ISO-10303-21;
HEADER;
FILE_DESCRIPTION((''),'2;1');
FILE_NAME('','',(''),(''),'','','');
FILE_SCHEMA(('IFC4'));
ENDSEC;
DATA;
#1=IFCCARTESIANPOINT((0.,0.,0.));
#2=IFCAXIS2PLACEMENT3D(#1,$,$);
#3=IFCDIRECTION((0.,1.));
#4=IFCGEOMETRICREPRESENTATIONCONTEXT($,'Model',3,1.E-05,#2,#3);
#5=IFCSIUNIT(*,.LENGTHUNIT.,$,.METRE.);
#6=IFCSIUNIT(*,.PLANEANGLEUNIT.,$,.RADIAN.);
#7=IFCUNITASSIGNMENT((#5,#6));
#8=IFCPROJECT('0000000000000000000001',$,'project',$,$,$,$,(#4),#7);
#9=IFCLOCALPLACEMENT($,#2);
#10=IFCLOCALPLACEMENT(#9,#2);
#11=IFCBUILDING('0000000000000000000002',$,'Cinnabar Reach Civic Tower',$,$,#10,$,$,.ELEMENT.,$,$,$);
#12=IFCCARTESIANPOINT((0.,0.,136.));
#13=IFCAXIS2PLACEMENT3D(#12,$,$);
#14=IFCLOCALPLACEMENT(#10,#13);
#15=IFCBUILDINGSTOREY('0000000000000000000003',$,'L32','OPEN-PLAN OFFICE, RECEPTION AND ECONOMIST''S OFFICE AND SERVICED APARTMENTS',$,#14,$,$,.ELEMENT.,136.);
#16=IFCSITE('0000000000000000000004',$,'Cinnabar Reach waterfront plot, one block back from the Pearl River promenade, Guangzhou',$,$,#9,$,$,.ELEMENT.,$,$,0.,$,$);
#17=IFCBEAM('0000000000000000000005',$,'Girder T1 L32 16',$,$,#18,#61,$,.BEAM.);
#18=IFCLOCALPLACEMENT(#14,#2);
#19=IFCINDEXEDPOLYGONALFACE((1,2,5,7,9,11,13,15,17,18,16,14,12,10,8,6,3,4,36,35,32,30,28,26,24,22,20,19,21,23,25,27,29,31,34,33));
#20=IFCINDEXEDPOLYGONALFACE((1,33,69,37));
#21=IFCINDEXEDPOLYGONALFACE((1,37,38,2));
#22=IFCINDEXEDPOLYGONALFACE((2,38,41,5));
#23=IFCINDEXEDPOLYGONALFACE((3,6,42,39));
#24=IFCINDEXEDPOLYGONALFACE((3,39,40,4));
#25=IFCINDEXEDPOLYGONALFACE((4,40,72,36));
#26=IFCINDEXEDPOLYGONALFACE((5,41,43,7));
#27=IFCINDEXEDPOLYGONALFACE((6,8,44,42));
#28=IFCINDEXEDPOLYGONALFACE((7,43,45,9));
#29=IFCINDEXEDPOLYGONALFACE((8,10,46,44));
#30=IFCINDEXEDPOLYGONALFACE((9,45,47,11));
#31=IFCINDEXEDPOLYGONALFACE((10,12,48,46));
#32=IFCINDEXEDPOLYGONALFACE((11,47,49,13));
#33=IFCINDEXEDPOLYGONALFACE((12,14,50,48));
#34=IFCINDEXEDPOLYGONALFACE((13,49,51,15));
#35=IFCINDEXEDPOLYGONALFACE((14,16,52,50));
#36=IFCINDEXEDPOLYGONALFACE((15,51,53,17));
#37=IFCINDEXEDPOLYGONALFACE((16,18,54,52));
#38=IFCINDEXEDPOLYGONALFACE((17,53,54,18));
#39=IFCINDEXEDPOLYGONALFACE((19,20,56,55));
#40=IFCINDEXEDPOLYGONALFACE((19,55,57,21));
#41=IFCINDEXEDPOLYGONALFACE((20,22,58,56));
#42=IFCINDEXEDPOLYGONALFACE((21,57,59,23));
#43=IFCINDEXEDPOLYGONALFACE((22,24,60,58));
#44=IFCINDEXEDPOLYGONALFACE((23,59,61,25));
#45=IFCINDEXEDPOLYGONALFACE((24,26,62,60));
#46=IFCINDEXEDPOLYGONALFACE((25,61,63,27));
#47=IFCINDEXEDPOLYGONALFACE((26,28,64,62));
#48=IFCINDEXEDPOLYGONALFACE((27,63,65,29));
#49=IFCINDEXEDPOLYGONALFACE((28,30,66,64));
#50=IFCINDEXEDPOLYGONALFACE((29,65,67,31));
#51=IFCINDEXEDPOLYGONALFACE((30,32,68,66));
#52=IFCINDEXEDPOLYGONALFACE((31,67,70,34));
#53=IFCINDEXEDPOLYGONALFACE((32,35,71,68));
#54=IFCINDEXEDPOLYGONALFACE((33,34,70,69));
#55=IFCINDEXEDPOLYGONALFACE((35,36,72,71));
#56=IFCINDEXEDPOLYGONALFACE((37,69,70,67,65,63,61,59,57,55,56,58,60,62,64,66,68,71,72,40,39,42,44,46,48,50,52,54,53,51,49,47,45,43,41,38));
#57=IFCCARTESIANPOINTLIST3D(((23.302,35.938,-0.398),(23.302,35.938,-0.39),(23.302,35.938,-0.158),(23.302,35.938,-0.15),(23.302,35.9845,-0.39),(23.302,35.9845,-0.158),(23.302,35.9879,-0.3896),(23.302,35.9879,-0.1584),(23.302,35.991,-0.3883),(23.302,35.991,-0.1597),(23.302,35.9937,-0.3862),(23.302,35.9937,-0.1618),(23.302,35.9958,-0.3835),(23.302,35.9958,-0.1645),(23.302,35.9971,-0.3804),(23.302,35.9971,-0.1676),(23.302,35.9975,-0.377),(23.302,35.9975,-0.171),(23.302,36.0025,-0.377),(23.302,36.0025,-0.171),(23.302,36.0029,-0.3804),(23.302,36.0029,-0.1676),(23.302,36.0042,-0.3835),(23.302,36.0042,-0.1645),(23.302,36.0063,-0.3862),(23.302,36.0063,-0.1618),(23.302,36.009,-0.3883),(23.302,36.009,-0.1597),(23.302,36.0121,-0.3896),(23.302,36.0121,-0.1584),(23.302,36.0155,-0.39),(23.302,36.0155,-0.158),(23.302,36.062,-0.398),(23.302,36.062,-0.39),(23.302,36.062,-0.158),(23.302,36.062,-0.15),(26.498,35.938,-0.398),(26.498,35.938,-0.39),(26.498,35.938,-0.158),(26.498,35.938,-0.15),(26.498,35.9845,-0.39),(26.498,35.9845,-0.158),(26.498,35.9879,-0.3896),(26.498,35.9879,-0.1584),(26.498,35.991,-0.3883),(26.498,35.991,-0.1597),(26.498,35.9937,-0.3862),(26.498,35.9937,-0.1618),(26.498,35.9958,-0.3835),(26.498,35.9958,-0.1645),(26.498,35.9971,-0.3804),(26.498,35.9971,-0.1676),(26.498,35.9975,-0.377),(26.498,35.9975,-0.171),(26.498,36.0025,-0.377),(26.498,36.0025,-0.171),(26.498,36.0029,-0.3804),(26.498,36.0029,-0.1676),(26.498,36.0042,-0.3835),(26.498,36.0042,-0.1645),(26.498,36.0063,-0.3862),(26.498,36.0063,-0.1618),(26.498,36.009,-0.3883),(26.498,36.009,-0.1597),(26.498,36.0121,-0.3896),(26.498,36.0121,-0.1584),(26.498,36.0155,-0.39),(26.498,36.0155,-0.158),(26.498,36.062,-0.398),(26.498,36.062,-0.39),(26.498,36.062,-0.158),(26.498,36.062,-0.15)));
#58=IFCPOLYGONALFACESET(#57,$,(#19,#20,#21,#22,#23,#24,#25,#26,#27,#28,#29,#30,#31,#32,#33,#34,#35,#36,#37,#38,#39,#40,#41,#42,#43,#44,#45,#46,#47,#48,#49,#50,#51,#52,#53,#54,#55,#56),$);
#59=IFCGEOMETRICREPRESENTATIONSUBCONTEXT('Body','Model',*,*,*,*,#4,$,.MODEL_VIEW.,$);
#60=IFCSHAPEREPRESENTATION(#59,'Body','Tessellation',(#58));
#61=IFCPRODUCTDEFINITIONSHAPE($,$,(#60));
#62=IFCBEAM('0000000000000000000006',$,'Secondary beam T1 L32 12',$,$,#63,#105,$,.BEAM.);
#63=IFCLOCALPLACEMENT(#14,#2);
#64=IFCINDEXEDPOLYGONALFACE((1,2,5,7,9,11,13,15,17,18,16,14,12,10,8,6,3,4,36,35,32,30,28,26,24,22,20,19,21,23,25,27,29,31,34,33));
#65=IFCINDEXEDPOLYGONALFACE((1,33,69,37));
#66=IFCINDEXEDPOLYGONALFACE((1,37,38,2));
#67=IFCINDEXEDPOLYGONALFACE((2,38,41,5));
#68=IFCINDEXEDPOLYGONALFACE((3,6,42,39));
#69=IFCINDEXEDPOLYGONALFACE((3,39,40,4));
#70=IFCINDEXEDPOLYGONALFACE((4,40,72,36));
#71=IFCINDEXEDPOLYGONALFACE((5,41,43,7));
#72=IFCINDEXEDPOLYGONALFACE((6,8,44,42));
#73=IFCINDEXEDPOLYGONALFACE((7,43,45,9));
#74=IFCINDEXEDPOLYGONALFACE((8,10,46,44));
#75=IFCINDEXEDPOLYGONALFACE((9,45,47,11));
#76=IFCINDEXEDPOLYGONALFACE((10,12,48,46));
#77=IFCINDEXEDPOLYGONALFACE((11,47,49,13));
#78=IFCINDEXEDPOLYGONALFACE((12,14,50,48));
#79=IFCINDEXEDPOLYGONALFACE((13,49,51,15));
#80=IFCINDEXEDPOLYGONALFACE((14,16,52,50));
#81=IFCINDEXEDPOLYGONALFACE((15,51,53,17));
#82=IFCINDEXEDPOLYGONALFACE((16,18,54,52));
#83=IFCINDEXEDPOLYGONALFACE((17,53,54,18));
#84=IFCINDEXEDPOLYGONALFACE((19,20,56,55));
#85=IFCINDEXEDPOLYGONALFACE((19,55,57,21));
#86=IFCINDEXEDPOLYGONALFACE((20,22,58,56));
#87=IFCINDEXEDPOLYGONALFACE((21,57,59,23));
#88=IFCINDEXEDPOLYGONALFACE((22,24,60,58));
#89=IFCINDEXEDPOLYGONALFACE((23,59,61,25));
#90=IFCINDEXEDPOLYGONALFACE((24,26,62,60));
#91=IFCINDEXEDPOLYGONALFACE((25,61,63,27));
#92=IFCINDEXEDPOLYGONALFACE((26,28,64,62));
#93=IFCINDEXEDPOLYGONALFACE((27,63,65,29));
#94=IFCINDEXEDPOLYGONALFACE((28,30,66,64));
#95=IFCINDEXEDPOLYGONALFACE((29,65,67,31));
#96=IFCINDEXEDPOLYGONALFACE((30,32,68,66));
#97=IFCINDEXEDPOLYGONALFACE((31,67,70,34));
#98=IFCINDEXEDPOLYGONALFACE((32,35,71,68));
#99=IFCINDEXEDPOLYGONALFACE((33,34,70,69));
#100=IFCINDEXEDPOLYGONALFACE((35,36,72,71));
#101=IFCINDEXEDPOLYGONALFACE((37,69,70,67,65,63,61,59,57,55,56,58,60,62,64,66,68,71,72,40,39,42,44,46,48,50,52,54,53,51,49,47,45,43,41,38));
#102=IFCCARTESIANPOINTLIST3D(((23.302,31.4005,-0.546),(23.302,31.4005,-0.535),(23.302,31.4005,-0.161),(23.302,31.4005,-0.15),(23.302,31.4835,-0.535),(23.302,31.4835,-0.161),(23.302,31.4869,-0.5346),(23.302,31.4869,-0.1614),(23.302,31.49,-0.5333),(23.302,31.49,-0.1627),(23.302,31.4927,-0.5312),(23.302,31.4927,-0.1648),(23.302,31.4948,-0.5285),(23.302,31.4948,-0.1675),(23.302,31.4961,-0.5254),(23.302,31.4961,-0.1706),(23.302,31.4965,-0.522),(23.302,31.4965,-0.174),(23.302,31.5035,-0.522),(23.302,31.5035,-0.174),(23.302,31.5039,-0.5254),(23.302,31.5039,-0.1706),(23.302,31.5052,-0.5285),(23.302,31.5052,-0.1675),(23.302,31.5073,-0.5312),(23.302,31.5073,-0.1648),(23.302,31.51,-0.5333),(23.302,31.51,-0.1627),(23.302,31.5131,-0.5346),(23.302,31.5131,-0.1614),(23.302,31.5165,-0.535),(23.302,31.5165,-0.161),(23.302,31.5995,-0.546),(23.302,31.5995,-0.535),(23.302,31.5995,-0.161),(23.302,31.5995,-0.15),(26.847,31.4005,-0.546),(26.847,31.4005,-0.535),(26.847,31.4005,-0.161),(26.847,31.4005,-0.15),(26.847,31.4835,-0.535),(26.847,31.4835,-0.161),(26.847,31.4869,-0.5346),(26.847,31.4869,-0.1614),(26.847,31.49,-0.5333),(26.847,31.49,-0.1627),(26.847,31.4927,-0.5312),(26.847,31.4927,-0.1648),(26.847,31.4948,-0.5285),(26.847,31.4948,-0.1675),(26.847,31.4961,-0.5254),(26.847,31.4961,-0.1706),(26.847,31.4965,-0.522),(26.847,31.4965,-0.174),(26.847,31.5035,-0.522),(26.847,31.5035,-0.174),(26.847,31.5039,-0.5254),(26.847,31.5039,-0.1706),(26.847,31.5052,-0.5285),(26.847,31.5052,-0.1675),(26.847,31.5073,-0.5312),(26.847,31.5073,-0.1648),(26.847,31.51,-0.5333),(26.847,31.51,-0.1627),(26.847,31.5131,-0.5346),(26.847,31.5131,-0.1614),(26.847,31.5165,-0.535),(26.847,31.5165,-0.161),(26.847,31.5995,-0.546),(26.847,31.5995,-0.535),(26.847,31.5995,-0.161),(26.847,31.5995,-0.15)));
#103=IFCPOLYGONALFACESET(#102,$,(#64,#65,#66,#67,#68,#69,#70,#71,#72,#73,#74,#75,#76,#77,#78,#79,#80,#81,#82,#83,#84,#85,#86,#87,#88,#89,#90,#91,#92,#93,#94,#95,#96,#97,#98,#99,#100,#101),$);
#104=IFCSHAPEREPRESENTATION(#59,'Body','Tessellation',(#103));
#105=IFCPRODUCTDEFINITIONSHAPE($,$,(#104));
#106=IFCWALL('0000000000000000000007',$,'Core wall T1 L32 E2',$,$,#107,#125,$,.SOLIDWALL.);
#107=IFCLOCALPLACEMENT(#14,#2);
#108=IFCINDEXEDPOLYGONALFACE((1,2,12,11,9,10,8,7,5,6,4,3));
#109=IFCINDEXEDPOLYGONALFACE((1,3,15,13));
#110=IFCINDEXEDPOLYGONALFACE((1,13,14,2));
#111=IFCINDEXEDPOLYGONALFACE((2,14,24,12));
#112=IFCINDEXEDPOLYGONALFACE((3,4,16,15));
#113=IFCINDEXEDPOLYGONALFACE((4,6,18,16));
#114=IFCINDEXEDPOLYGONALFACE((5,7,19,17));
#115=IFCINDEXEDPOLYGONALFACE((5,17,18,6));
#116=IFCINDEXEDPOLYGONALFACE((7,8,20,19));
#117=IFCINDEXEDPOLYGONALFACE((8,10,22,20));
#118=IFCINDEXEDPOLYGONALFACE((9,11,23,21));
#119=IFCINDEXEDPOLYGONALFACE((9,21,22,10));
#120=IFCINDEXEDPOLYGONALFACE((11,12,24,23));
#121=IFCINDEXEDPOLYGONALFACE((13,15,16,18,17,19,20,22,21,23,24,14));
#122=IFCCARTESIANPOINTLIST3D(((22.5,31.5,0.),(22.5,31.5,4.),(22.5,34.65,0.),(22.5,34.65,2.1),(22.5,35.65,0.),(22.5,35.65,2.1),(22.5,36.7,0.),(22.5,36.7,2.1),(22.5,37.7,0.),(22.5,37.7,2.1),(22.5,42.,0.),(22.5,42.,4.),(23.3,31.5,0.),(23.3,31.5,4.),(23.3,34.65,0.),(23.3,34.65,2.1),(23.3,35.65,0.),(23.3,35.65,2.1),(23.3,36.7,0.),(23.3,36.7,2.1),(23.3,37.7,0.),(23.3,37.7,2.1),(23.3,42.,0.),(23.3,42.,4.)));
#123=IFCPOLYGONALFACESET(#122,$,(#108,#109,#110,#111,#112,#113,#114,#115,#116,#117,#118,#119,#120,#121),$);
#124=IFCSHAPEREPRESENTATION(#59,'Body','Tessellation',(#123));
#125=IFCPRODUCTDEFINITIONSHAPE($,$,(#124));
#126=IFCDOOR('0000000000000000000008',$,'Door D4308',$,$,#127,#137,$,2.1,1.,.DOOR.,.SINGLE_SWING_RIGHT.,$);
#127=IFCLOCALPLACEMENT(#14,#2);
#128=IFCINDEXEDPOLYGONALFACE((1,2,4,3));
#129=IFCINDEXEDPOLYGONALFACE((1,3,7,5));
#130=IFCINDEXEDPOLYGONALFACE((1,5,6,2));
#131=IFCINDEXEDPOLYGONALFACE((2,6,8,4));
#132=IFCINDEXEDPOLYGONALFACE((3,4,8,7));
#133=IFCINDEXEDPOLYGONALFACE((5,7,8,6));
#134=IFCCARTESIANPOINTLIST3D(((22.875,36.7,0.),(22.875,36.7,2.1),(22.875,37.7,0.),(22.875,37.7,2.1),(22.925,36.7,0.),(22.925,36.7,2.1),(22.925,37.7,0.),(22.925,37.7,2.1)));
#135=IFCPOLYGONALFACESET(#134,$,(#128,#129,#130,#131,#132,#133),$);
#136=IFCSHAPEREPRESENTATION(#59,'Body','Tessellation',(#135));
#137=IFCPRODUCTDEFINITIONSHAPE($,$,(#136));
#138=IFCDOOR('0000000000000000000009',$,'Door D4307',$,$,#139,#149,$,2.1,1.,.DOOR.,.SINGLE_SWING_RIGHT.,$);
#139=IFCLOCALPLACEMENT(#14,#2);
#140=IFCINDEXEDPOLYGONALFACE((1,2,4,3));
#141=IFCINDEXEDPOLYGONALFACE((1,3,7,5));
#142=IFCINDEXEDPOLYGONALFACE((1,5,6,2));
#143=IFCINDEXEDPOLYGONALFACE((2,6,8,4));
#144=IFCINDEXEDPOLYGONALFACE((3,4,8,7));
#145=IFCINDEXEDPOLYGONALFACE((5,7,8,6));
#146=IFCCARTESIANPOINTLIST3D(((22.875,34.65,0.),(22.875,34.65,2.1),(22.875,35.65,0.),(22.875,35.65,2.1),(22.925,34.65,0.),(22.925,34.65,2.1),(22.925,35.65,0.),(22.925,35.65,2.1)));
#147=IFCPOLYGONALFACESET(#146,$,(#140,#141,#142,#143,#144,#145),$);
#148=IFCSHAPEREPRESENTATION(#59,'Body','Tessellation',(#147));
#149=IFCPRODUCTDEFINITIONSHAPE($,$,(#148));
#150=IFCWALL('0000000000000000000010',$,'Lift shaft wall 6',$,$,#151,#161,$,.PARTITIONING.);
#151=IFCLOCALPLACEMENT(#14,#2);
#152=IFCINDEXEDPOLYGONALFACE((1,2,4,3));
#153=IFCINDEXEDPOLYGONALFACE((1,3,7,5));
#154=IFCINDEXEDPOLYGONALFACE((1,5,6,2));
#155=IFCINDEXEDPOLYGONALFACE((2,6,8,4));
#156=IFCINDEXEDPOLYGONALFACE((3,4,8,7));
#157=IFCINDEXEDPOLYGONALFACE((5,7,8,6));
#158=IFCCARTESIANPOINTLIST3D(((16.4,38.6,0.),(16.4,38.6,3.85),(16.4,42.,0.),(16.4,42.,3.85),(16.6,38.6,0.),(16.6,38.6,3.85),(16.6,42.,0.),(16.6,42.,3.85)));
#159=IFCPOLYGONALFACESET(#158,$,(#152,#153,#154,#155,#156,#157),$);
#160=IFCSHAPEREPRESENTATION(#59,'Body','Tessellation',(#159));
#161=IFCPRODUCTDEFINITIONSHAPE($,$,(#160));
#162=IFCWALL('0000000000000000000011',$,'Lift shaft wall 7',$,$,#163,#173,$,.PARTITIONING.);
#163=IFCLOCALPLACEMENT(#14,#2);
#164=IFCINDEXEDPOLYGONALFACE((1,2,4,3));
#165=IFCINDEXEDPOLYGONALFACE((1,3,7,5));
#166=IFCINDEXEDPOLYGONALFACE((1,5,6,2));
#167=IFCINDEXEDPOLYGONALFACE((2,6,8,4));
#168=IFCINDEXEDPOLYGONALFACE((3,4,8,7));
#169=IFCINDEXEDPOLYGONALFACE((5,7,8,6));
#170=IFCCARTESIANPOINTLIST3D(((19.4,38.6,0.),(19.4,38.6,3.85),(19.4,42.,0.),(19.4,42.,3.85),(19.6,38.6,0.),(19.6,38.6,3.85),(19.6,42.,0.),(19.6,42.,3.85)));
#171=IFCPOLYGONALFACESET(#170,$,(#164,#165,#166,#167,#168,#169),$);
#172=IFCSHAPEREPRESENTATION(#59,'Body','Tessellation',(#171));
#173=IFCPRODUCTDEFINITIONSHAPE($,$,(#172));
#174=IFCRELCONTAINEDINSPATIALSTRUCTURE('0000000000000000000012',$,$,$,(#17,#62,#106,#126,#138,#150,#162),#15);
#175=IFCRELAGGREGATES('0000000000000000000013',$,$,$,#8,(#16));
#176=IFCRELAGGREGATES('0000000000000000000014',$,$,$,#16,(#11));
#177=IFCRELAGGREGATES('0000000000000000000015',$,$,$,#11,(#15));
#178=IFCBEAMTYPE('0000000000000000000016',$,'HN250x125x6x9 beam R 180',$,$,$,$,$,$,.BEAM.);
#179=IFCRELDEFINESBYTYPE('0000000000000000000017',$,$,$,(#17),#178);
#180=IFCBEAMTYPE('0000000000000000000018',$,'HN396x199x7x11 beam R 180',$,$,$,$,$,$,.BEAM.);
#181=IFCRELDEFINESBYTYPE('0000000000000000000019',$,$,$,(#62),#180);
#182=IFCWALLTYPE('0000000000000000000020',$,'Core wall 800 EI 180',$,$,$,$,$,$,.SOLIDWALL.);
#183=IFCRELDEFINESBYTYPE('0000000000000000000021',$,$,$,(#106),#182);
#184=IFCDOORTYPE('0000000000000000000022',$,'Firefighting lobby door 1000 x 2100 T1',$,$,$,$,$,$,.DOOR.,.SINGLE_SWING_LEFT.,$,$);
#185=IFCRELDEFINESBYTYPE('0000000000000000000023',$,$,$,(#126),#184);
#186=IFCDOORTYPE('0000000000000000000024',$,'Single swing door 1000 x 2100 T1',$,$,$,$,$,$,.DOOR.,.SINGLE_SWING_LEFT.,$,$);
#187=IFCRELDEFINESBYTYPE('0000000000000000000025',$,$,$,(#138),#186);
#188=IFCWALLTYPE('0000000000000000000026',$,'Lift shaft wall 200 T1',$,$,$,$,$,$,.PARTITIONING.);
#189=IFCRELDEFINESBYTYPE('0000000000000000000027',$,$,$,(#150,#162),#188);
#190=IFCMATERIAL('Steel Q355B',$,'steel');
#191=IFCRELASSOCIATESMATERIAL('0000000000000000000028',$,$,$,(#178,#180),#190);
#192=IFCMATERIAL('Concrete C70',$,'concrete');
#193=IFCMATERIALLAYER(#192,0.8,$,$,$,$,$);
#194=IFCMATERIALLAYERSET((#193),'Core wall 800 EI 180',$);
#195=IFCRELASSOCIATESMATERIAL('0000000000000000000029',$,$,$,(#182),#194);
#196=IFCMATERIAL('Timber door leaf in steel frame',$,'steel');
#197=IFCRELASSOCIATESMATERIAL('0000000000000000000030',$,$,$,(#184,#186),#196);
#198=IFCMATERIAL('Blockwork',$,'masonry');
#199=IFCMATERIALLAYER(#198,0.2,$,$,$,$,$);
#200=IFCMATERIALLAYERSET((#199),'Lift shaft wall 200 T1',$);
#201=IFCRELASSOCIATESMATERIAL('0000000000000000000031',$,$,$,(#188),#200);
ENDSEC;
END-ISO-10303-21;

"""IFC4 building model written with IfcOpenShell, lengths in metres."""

from ifc_helpers import new_model, si_unit, direction, frame, frame_2d, origin, origin_2d, place, context, subcontext, project, spatial, rectangle, i_section, extrude, material, layer, layer_set, material_profile, profile_set, type_object, element, fill, save


model = new_model("IFC4")

# Units and contexts
model_context = context("Model", 3, precision=1e-05, world=origin(), true_north=direction((0.0, 1.0)))
body_context = subcontext(model_context, "Body", "Model", "MODEL_VIEW")
ifc_project = project(units=[si_unit("LENGTHUNIT", "METRE"), si_unit("PLANEANGLEUNIT", "RADIAN")], contexts=[model_context])

# Site, building, storey
site_placement = place(None, origin())
site = spatial("IfcSite", under=ifc_project, at=site_placement, Name="Cinnabar Reach waterfront plot, one block back from the Pearl River promenade, Guangzhou", CompositionType="ELEMENT", RefElevation=0.0)
building_placement = place(site_placement, origin())
building = spatial("IfcBuilding", under=site, at=building_placement, Name="Cinnabar Reach Civic Tower", CompositionType="ELEMENT")
storey_placement = place(building_placement, frame((0.0, 0.0, 136.0)))
storey = spatial("IfcBuildingStorey", under=building, at=storey_placement, Name="L32", Description="OPEN-PLAN OFFICE, RECEPTION AND ECONOMIST'S OFFICE AND SERVICED APARTMENTS", CompositionType="ELEMENT", Elevation=136.0)

# Beams
ifc_material_1 = material(Name="Steel Q355B", Category="steel")
ifc_material_profile_1 = material_profile(ifc_material_1, i_section(OverallWidth=0.124, OverallDepth=0.248, WebThickness=0.005, FlangeThickness=0.008, FilletRadius=0.013, at=origin_2d()), Name="HN250x125x6x9")
ifc_profile_set_1 = profile_set([ifc_material_profile_1], Name="Steel Q355B")
beam_type_1 = type_object("IfcBeamType", Name="HN250x125x6x9 beam R 180", PredefinedType="BEAM", material=ifc_profile_set_1)
beam_1_placement = place(storey_placement, frame((23.302, 36.0, -0.274), z_axis=(1.0, 0.0, 0.0), x_axis=(0.0, 1.0, 0.0)))
element("IfcBeam", 1, at=beam_1_placement, inside=storey, type_object=beam_type_1, Name="Girder T1 L32 16", PredefinedType="BEAM", context=body_context, shape_type="SweptSolid", body=[
    extrude(i_section(OverallWidth=0.124, OverallDepth=0.248, WebThickness=0.005, FlangeThickness=0.008, FilletRadius=0.013, at=origin_2d()), origin(), (0.0, 0.0, 1.0), 3.196),
])
ifc_material_profile_2 = material_profile(ifc_material_1, i_section(OverallWidth=0.199, OverallDepth=0.396, WebThickness=0.007, FlangeThickness=0.011, FilletRadius=0.013, at=origin_2d()), Name="HN396x199x7x11")
ifc_profile_set_2 = profile_set([ifc_material_profile_2], Name="Steel Q355B")
beam_type_2 = type_object("IfcBeamType", Name="HN396x199x7x11 beam R 180", PredefinedType="BEAM", material=ifc_profile_set_2)
beam_2_placement = place(storey_placement, frame((23.302, 31.5, -0.348), z_axis=(1.0, 0.0, 0.0), x_axis=(0.0, 1.0, 0.0)))
element("IfcBeam", 2, at=beam_2_placement, inside=storey, type_object=beam_type_2, Name="Secondary beam T1 L32 12", PredefinedType="BEAM", context=body_context, shape_type="SweptSolid", body=[
    extrude(i_section(OverallWidth=0.199, OverallDepth=0.396, WebThickness=0.007, FlangeThickness=0.011, FilletRadius=0.013, at=origin_2d()), origin(), (0.0, 0.0, 1.0), 3.545),
])

# Wall, openings, doors
ifc_material_2 = material(Name="Concrete C70", Category="concrete")
ifc_layer_1 = layer(ifc_material_2, 0.8)
ifc_layer_set_1 = layer_set([ifc_layer_1], Name="Core wall 800 EI 180")
wall_type_1 = type_object("IfcWallType", Name="Core wall 800 EI 180", PredefinedType="SOLIDWALL", material=ifc_layer_set_1)
wall_1_placement = place(storey_placement, frame((22.9, 31.5, 0.0), z_axis=(0.0, 0.0, 1.0), x_axis=(0.0, 1.0, 0.0)))
wall_1 = element("IfcWall", 3, at=wall_1_placement, inside=storey, type_object=wall_type_1, Name="Core wall T1 L32 E2", PredefinedType="SOLIDWALL", context=body_context, shape_type="SweptSolid", body=[
    extrude(rectangle(XDim=10.5, YDim=0.8, at=frame_2d((5.25, 0.0))), origin(), (0.0, 0.0, 1.0), 4.0),
])
opening_1_placement = place(wall_1_placement, frame((3.15, 0.0, 0.0)))
opening_1 = element("IfcOpeningElement", 4, at=opening_1_placement, cuts=wall_1, PredefinedType="OPENING", context=body_context, shape_type="SweptSolid", body=[
    extrude(rectangle(XDim=1.0, YDim=2.1, at=frame_2d((0.5, 1.05))), frame((0.0, 0.41, 0.0), z_axis=(0.0, -1.0, 0.0), x_axis=(1.0, 0.0, 0.0)), (0.0, 0.0, 1.0), 0.82),
])
opening_2_placement = place(wall_1_placement, frame((5.2, 0.0, 0.0)))
opening_2 = element("IfcOpeningElement", 5, at=opening_2_placement, cuts=wall_1, PredefinedType="OPENING", context=body_context, shape_type="SweptSolid", body=[
    extrude(rectangle(XDim=1.0, YDim=2.1, at=frame_2d((0.5, 1.05))), frame((0.0, 0.41, 0.0), z_axis=(0.0, -1.0, 0.0), x_axis=(1.0, 0.0, 0.0)), (0.0, 0.0, 1.0), 0.82),
])
ifc_material_3 = material(Name="Timber door leaf in steel frame", Category="steel")
door_type_1 = type_object("IfcDoorType", Name="Firefighting lobby door 1000 x 2100 T1", OperationType="SINGLE_SWING_LEFT", PredefinedType="DOOR", material=ifc_material_3)
door_1_placement = place(opening_2_placement, origin())
door_1 = element("IfcDoor", 6, at=door_1_placement, inside=storey, type_object=door_type_1, Name="Door D4308", OperationType="SINGLE_SWING_RIGHT", OverallHeight=2.1, OverallWidth=1.0, PredefinedType="DOOR", context=body_context, shape_type="SweptSolid", body=[
    extrude(rectangle(XDim=1.0, YDim=2.1, at=frame_2d((0.5, 1.05))), frame((0.0, 0.025, 0.0), z_axis=(0.0, -1.0, 0.0), x_axis=(1.0, 0.0, 0.0)), (0.0, 0.0, 1.0), 0.05),
])
fill(opening_2, door_1)
door_type_2 = type_object("IfcDoorType", Name="Single swing door 1000 x 2100 T1", OperationType="SINGLE_SWING_LEFT", PredefinedType="DOOR", material=ifc_material_3)
door_2_placement = place(opening_1_placement, origin())
door_2 = element("IfcDoor", 7, at=door_2_placement, inside=storey, type_object=door_type_2, Name="Door D4307", OperationType="SINGLE_SWING_RIGHT", OverallHeight=2.1, OverallWidth=1.0, PredefinedType="DOOR", context=body_context, shape_type="SweptSolid", body=[
    extrude(rectangle(XDim=1.0, YDim=2.1, at=frame_2d((0.5, 1.05))), frame((0.0, 0.025, 0.0), z_axis=(0.0, -1.0, 0.0), x_axis=(1.0, 0.0, 0.0)), (0.0, 0.0, 1.0), 0.05),
])
fill(opening_1, door_2)

# Walls
ifc_material_4 = material(Name="Blockwork", Category="masonry")
ifc_layer_2 = layer(ifc_material_4, 0.2)
ifc_layer_set_2 = layer_set([ifc_layer_2], Name="Lift shaft wall 200 T1")
wall_type_2 = type_object("IfcWallType", Name="Lift shaft wall 200 T1", PredefinedType="PARTITIONING", material=ifc_layer_set_2)
for number, where, z_axis, x_axis, name in (
    (8, (16.5, 38.6, 0.0), (0.0, 0.0, 1.0), (0.0, 1.0, 0.0), "Lift shaft wall 6"),
    (9, (19.5, 38.6, 0.0), (0.0, 0.0, 1.0), (0.0, 1.0, 0.0), "Lift shaft wall 7"),
):
    element("IfcWall", number, at=place(storey_placement, frame(where, z_axis=z_axis, x_axis=x_axis)), inside=storey, type_object=wall_type_2, Name=name, PredefinedType="PARTITIONING", context=body_context, shape_type="SweptSolid", body=[
        extrude(rectangle(XDim=3.4, YDim=0.2, at=frame_2d((1.7, 0.0))), origin(), (0.0, 0.0, 1.0), 3.85),
    ])

save(model, "model.ifc")
